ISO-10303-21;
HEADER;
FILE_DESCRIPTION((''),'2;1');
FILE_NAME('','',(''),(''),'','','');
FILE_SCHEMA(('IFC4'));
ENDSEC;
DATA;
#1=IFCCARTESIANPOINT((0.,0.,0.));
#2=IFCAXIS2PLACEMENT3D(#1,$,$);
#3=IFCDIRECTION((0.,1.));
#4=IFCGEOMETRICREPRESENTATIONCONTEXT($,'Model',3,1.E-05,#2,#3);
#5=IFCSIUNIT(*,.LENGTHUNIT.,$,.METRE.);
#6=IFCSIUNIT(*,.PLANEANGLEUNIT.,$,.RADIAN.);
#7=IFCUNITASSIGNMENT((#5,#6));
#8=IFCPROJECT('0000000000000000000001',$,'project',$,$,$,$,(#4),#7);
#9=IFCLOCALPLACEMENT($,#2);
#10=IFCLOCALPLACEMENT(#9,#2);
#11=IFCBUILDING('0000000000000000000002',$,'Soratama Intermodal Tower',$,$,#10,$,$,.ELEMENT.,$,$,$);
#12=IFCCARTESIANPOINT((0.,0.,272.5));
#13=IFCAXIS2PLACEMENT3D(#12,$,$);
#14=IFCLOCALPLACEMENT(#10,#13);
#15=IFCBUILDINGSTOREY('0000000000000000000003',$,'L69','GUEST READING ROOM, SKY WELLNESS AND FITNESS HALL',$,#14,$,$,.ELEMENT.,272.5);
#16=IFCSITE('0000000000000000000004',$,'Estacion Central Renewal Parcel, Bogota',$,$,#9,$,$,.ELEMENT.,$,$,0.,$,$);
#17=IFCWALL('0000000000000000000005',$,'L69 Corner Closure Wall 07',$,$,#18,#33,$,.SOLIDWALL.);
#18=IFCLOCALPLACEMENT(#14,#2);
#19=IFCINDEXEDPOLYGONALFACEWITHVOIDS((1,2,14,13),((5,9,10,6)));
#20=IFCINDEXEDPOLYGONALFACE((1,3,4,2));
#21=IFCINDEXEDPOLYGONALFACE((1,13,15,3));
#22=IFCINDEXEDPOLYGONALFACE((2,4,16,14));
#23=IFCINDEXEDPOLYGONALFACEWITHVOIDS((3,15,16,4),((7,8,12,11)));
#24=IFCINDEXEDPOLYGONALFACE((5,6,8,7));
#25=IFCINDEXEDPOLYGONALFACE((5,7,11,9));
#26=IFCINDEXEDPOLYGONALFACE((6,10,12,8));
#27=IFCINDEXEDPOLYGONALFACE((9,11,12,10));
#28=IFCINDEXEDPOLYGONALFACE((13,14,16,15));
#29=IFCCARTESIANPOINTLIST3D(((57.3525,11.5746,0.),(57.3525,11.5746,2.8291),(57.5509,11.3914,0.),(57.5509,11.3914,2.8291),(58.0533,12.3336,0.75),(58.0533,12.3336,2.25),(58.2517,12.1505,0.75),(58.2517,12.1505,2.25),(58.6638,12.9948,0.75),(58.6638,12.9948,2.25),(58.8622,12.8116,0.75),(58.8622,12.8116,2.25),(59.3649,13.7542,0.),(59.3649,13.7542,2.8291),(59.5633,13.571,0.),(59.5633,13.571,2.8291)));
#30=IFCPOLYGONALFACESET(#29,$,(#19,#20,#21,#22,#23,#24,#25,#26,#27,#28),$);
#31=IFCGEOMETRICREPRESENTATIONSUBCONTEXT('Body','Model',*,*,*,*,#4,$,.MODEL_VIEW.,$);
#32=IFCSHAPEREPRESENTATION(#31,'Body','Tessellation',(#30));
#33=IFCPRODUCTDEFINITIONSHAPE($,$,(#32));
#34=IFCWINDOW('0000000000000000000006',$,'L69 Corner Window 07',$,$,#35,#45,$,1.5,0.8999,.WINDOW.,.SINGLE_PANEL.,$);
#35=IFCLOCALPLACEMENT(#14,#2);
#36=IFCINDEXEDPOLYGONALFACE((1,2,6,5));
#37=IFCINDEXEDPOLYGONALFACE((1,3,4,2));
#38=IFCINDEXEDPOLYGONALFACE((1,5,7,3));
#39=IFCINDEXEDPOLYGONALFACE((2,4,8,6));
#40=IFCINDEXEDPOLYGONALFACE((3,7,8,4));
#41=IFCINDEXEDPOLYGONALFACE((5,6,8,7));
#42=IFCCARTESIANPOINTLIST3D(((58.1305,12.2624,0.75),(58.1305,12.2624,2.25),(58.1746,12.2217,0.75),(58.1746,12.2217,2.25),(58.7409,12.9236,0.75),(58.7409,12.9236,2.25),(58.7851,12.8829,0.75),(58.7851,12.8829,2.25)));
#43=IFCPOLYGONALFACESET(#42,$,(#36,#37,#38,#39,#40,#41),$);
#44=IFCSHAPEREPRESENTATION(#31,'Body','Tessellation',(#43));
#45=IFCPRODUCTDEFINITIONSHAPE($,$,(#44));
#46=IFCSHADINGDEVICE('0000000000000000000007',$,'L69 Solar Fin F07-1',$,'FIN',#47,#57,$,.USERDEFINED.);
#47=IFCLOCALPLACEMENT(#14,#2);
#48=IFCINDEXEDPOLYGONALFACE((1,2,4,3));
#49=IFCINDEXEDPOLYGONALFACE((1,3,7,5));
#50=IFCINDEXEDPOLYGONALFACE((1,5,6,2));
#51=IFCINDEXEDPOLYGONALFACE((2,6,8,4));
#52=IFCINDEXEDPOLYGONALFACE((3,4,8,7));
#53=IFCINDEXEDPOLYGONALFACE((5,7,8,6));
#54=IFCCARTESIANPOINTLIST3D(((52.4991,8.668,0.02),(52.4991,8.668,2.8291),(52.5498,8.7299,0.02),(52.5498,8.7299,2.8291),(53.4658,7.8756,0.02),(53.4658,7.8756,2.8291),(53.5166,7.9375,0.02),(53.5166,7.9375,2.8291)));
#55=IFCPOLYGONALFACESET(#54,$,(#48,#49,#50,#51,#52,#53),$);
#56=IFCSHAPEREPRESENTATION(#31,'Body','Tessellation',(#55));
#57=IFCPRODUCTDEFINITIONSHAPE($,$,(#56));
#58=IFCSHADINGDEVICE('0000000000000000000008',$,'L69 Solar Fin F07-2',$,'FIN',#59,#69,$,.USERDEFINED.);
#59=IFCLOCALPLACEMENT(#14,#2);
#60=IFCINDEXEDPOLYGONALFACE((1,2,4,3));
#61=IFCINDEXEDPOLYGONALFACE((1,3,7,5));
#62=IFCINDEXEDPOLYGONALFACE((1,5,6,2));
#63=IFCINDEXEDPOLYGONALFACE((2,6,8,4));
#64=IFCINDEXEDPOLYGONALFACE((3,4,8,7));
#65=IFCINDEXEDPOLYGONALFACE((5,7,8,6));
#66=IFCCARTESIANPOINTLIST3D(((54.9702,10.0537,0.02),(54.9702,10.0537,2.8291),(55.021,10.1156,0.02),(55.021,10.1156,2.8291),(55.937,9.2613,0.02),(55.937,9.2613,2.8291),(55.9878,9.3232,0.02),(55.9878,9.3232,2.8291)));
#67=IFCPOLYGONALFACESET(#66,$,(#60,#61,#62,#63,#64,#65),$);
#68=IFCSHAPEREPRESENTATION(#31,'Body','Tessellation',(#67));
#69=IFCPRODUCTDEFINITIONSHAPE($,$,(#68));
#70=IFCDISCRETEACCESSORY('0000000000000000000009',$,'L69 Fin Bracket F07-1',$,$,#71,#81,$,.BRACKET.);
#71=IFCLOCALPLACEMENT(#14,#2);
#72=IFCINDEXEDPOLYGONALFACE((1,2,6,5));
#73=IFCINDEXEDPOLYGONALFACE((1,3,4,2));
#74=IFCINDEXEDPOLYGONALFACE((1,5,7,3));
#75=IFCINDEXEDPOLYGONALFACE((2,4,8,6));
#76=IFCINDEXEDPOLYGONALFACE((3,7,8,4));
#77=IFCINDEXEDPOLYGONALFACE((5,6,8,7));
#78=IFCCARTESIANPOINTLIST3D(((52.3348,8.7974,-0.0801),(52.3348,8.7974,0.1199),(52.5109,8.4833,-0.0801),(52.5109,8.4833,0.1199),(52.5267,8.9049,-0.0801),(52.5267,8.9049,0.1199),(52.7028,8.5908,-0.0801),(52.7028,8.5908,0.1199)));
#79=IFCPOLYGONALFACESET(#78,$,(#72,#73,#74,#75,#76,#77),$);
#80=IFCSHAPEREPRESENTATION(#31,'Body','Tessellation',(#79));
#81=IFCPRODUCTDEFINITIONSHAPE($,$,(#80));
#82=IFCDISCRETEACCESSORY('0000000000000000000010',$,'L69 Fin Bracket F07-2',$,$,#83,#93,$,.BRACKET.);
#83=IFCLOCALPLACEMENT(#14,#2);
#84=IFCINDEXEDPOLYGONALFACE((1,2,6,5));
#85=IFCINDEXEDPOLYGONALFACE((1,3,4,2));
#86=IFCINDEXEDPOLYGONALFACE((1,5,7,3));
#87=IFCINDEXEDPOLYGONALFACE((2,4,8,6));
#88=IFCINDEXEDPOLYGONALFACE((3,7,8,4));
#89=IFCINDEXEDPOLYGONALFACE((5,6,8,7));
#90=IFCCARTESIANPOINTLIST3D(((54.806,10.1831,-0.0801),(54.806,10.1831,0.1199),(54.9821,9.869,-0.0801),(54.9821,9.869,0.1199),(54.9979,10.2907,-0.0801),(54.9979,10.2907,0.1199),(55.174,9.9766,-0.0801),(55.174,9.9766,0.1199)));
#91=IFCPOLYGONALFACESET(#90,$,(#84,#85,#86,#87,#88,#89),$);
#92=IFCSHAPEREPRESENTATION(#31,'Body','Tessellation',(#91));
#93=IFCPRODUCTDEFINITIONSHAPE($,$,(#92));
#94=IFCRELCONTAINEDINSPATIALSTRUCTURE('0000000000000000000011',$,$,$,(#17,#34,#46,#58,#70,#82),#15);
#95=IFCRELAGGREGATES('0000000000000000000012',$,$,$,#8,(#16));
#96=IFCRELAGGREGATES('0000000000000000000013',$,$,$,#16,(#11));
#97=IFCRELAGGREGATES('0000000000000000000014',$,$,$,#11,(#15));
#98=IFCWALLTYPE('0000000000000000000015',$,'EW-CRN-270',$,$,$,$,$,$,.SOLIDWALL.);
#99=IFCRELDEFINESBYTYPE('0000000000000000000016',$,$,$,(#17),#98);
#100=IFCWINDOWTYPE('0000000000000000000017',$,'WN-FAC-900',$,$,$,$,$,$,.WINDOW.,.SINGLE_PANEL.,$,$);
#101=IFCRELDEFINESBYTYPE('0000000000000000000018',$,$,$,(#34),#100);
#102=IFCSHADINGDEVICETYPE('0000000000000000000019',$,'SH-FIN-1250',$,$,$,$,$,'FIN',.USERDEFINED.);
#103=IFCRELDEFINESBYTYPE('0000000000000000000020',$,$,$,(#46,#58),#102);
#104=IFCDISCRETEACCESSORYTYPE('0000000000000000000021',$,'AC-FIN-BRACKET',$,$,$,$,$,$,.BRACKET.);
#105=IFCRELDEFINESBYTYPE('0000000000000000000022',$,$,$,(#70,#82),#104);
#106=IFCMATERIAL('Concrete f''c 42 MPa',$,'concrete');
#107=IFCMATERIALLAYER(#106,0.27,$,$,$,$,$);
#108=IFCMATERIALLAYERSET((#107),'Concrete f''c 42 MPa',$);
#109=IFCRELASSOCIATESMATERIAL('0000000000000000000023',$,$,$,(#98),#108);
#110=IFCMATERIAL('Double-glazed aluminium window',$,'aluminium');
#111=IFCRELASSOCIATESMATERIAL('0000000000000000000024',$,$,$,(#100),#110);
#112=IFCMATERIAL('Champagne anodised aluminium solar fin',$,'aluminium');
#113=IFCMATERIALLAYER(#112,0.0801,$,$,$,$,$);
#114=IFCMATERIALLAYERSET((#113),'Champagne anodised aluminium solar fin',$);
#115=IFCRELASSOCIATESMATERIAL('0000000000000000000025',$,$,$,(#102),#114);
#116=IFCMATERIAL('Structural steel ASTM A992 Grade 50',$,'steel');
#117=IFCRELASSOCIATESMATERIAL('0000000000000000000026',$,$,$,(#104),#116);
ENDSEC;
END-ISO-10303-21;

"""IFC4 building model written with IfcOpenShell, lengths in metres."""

from ifc_helpers import new_model, si_unit, direction, frame, frame_2d, origin, origin_2d, place, context, subcontext, project, spatial, rectangle, extrude, material, layer, layer_set, type_object, element, fill, save


model = new_model("IFC4")

# Units and contexts
model_context = context("Model", 3, precision=1e-05, world=origin(), true_north=direction((0.0, 1.0)))
body_context = subcontext(model_context, "Body", "Model", "MODEL_VIEW")
ifc_project = project(units=[si_unit("LENGTHUNIT", "METRE"), si_unit("PLANEANGLEUNIT", "RADIAN")], contexts=[model_context])

# Site, building, storey
site_placement = place(None, origin())
site = spatial("IfcSite", under=ifc_project, at=site_placement, Name="Estacion Central Renewal Parcel, Bogota", CompositionType="ELEMENT", RefElevation=0.0)
building_placement = place(site_placement, origin())
building = spatial("IfcBuilding", under=site, at=building_placement, Name="Soratama Intermodal Tower", CompositionType="ELEMENT")
storey_placement = place(building_placement, frame((0.0, 0.0, 272.5)))
storey = spatial("IfcBuildingStorey", under=building, at=storey_placement, Name="L69", Description="GUEST READING ROOM, SKY WELLNESS AND FITNESS HALL", CompositionType="ELEMENT", Elevation=272.5)

# Wall, opening, window
ifc_material_1 = material(Name="Concrete f'c 42 MPa", Category="concrete")
ifc_layer_1 = layer(ifc_material_1, 0.27)
ifc_layer_set_1 = layer_set([ifc_layer_1], Name="Concrete f'c 42 MPa")
wall_type = type_object("IfcWallType", Name="EW-CRN-270", PredefinedType="SOLIDWALL", material=ifc_layer_set_1)
wall_placement = place(storey_placement, frame((57.4517, 11.4829, 0.0), z_axis=(0.0, 0.0, 1.0), x_axis=(0.678359, 0.734731, 0.0)))
wall = element("IfcWall", 1, at=wall_placement, inside=storey, type_object=wall_type, Name="L69 Corner Closure Wall 07", PredefinedType="SOLIDWALL", context=body_context, shape_type="SweptSolid", body=[
    extrude(rectangle(XDim=2.9666, YDim=0.27, at=frame_2d((1.4834, 0.0))), origin(), (0.0, 0.0, 1.0), 2.8291),
])
opening_placement = place(wall_placement, frame((1.0332, 0.0, 0.75)))
opening = element("IfcOpeningElement", 2, at=opening_placement, cuts=wall, PredefinedType="OPENING", context=body_context, shape_type="SweptSolid", body=[
    extrude(rectangle(XDim=0.8999, YDim=1.5, at=frame_2d((0.45, 0.75))), frame((0.0, 0.145, 0.0), z_axis=(0.0, -1.0, 0.0), x_axis=(1.0, 0.0, 0.0)), (0.0, 0.0, 1.0), 0.29),
])
ifc_material_2 = material(Name="Double-glazed aluminium window", Category="aluminium")
window_type = type_object("IfcWindowType", Name="WN-FAC-900", PartitioningType="SINGLE_PANEL", PredefinedType="WINDOW", material=ifc_material_2)
window_placement = place(opening_placement, origin())
window = element("IfcWindow", 3, at=window_placement, inside=storey, type_object=window_type, Name="L69 Corner Window 07", OverallHeight=1.5, OverallWidth=0.8999, PartitioningType="SINGLE_PANEL", PredefinedType="WINDOW", context=body_context, shape_type="SweptSolid", body=[
    extrude(rectangle(XDim=0.8999, YDim=1.5, at=frame_2d((0.45, 0.75))), frame((0.0, 0.03, 0.0), z_axis=(0.0, -1.0, 0.0), x_axis=(1.0, 0.0, 0.0)), (0.0, 0.0, 1.0), 0.0601),
])
fill(opening, window)

# Shading devices
ifc_material_3 = material(Name="Champagne anodised aluminium solar fin", Category="aluminium")
ifc_layer_2 = layer(ifc_material_3, 0.0801)
ifc_layer_set_2 = layer_set([ifc_layer_2], Name="Champagne anodised aluminium solar fin")
shading_device_type = type_object("IfcShadingDeviceType", Name="SH-FIN-1250", ElementType="FIN", PredefinedType="USERDEFINED", material=ifc_layer_set_2)
for number, where, z_axis, x_axis, name in (
    (4, (53.0078, 8.3027, 0.02), (0.0, 0.0, 1.0), (0.773398, -0.633921, 0.0), "L69 Solar Fin F07-1"),
    (5, (55.479, 9.6885, 0.02), (0.0, 0.0, 1.0), (0.773398, -0.633921, 0.0), "L69 Solar Fin F07-2"),
):
    element("IfcShadingDevice", number, at=place(storey_placement, frame(where, z_axis=z_axis, x_axis=x_axis)), inside=storey, type_object=shading_device_type, Name=name, ObjectType="FIN", PredefinedType="USERDEFINED", context=body_context, shape_type="SweptSolid", body=[
        extrude(rectangle(XDim=1.25, YDim=0.0801, at=origin_2d()), origin(), (0.0, 0.0, 1.0), 2.8091),
    ])

# Discrete accessories
ifc_material_4 = material(Name="Structural steel ASTM A992 Grade 50", Category="steel")
discrete_accessory_type = type_object("IfcDiscreteAccessoryType", Name="AC-FIN-BRACKET", PredefinedType="BRACKET", material=ifc_material_4)
for number, where, z_axis, x_axis, name in (
    (6, (52.5188, 8.6941, -0.0801), (0.0, 0.0, 1.0), (0.489078, -0.87224, 0.0), "L69 Fin Bracket F07-1"),
    (7, (54.99, 10.0798, -0.0801), (0.0, 0.0, 1.0), (0.489078, -0.87224, 0.0), "L69 Fin Bracket F07-2"),
):
    element("IfcDiscreteAccessory", number, at=place(storey_placement, frame(where, z_axis=z_axis, x_axis=x_axis)), inside=storey, type_object=discrete_accessory_type, Name=name, PredefinedType="BRACKET", context=body_context, shape_type="SweptSolid", body=[
        extrude(rectangle(XDim=0.3601, YDim=0.22, at=origin_2d()), origin(), (0.0, 0.0, 1.0), 0.2),
    ])

save(model, "model.ifc")
